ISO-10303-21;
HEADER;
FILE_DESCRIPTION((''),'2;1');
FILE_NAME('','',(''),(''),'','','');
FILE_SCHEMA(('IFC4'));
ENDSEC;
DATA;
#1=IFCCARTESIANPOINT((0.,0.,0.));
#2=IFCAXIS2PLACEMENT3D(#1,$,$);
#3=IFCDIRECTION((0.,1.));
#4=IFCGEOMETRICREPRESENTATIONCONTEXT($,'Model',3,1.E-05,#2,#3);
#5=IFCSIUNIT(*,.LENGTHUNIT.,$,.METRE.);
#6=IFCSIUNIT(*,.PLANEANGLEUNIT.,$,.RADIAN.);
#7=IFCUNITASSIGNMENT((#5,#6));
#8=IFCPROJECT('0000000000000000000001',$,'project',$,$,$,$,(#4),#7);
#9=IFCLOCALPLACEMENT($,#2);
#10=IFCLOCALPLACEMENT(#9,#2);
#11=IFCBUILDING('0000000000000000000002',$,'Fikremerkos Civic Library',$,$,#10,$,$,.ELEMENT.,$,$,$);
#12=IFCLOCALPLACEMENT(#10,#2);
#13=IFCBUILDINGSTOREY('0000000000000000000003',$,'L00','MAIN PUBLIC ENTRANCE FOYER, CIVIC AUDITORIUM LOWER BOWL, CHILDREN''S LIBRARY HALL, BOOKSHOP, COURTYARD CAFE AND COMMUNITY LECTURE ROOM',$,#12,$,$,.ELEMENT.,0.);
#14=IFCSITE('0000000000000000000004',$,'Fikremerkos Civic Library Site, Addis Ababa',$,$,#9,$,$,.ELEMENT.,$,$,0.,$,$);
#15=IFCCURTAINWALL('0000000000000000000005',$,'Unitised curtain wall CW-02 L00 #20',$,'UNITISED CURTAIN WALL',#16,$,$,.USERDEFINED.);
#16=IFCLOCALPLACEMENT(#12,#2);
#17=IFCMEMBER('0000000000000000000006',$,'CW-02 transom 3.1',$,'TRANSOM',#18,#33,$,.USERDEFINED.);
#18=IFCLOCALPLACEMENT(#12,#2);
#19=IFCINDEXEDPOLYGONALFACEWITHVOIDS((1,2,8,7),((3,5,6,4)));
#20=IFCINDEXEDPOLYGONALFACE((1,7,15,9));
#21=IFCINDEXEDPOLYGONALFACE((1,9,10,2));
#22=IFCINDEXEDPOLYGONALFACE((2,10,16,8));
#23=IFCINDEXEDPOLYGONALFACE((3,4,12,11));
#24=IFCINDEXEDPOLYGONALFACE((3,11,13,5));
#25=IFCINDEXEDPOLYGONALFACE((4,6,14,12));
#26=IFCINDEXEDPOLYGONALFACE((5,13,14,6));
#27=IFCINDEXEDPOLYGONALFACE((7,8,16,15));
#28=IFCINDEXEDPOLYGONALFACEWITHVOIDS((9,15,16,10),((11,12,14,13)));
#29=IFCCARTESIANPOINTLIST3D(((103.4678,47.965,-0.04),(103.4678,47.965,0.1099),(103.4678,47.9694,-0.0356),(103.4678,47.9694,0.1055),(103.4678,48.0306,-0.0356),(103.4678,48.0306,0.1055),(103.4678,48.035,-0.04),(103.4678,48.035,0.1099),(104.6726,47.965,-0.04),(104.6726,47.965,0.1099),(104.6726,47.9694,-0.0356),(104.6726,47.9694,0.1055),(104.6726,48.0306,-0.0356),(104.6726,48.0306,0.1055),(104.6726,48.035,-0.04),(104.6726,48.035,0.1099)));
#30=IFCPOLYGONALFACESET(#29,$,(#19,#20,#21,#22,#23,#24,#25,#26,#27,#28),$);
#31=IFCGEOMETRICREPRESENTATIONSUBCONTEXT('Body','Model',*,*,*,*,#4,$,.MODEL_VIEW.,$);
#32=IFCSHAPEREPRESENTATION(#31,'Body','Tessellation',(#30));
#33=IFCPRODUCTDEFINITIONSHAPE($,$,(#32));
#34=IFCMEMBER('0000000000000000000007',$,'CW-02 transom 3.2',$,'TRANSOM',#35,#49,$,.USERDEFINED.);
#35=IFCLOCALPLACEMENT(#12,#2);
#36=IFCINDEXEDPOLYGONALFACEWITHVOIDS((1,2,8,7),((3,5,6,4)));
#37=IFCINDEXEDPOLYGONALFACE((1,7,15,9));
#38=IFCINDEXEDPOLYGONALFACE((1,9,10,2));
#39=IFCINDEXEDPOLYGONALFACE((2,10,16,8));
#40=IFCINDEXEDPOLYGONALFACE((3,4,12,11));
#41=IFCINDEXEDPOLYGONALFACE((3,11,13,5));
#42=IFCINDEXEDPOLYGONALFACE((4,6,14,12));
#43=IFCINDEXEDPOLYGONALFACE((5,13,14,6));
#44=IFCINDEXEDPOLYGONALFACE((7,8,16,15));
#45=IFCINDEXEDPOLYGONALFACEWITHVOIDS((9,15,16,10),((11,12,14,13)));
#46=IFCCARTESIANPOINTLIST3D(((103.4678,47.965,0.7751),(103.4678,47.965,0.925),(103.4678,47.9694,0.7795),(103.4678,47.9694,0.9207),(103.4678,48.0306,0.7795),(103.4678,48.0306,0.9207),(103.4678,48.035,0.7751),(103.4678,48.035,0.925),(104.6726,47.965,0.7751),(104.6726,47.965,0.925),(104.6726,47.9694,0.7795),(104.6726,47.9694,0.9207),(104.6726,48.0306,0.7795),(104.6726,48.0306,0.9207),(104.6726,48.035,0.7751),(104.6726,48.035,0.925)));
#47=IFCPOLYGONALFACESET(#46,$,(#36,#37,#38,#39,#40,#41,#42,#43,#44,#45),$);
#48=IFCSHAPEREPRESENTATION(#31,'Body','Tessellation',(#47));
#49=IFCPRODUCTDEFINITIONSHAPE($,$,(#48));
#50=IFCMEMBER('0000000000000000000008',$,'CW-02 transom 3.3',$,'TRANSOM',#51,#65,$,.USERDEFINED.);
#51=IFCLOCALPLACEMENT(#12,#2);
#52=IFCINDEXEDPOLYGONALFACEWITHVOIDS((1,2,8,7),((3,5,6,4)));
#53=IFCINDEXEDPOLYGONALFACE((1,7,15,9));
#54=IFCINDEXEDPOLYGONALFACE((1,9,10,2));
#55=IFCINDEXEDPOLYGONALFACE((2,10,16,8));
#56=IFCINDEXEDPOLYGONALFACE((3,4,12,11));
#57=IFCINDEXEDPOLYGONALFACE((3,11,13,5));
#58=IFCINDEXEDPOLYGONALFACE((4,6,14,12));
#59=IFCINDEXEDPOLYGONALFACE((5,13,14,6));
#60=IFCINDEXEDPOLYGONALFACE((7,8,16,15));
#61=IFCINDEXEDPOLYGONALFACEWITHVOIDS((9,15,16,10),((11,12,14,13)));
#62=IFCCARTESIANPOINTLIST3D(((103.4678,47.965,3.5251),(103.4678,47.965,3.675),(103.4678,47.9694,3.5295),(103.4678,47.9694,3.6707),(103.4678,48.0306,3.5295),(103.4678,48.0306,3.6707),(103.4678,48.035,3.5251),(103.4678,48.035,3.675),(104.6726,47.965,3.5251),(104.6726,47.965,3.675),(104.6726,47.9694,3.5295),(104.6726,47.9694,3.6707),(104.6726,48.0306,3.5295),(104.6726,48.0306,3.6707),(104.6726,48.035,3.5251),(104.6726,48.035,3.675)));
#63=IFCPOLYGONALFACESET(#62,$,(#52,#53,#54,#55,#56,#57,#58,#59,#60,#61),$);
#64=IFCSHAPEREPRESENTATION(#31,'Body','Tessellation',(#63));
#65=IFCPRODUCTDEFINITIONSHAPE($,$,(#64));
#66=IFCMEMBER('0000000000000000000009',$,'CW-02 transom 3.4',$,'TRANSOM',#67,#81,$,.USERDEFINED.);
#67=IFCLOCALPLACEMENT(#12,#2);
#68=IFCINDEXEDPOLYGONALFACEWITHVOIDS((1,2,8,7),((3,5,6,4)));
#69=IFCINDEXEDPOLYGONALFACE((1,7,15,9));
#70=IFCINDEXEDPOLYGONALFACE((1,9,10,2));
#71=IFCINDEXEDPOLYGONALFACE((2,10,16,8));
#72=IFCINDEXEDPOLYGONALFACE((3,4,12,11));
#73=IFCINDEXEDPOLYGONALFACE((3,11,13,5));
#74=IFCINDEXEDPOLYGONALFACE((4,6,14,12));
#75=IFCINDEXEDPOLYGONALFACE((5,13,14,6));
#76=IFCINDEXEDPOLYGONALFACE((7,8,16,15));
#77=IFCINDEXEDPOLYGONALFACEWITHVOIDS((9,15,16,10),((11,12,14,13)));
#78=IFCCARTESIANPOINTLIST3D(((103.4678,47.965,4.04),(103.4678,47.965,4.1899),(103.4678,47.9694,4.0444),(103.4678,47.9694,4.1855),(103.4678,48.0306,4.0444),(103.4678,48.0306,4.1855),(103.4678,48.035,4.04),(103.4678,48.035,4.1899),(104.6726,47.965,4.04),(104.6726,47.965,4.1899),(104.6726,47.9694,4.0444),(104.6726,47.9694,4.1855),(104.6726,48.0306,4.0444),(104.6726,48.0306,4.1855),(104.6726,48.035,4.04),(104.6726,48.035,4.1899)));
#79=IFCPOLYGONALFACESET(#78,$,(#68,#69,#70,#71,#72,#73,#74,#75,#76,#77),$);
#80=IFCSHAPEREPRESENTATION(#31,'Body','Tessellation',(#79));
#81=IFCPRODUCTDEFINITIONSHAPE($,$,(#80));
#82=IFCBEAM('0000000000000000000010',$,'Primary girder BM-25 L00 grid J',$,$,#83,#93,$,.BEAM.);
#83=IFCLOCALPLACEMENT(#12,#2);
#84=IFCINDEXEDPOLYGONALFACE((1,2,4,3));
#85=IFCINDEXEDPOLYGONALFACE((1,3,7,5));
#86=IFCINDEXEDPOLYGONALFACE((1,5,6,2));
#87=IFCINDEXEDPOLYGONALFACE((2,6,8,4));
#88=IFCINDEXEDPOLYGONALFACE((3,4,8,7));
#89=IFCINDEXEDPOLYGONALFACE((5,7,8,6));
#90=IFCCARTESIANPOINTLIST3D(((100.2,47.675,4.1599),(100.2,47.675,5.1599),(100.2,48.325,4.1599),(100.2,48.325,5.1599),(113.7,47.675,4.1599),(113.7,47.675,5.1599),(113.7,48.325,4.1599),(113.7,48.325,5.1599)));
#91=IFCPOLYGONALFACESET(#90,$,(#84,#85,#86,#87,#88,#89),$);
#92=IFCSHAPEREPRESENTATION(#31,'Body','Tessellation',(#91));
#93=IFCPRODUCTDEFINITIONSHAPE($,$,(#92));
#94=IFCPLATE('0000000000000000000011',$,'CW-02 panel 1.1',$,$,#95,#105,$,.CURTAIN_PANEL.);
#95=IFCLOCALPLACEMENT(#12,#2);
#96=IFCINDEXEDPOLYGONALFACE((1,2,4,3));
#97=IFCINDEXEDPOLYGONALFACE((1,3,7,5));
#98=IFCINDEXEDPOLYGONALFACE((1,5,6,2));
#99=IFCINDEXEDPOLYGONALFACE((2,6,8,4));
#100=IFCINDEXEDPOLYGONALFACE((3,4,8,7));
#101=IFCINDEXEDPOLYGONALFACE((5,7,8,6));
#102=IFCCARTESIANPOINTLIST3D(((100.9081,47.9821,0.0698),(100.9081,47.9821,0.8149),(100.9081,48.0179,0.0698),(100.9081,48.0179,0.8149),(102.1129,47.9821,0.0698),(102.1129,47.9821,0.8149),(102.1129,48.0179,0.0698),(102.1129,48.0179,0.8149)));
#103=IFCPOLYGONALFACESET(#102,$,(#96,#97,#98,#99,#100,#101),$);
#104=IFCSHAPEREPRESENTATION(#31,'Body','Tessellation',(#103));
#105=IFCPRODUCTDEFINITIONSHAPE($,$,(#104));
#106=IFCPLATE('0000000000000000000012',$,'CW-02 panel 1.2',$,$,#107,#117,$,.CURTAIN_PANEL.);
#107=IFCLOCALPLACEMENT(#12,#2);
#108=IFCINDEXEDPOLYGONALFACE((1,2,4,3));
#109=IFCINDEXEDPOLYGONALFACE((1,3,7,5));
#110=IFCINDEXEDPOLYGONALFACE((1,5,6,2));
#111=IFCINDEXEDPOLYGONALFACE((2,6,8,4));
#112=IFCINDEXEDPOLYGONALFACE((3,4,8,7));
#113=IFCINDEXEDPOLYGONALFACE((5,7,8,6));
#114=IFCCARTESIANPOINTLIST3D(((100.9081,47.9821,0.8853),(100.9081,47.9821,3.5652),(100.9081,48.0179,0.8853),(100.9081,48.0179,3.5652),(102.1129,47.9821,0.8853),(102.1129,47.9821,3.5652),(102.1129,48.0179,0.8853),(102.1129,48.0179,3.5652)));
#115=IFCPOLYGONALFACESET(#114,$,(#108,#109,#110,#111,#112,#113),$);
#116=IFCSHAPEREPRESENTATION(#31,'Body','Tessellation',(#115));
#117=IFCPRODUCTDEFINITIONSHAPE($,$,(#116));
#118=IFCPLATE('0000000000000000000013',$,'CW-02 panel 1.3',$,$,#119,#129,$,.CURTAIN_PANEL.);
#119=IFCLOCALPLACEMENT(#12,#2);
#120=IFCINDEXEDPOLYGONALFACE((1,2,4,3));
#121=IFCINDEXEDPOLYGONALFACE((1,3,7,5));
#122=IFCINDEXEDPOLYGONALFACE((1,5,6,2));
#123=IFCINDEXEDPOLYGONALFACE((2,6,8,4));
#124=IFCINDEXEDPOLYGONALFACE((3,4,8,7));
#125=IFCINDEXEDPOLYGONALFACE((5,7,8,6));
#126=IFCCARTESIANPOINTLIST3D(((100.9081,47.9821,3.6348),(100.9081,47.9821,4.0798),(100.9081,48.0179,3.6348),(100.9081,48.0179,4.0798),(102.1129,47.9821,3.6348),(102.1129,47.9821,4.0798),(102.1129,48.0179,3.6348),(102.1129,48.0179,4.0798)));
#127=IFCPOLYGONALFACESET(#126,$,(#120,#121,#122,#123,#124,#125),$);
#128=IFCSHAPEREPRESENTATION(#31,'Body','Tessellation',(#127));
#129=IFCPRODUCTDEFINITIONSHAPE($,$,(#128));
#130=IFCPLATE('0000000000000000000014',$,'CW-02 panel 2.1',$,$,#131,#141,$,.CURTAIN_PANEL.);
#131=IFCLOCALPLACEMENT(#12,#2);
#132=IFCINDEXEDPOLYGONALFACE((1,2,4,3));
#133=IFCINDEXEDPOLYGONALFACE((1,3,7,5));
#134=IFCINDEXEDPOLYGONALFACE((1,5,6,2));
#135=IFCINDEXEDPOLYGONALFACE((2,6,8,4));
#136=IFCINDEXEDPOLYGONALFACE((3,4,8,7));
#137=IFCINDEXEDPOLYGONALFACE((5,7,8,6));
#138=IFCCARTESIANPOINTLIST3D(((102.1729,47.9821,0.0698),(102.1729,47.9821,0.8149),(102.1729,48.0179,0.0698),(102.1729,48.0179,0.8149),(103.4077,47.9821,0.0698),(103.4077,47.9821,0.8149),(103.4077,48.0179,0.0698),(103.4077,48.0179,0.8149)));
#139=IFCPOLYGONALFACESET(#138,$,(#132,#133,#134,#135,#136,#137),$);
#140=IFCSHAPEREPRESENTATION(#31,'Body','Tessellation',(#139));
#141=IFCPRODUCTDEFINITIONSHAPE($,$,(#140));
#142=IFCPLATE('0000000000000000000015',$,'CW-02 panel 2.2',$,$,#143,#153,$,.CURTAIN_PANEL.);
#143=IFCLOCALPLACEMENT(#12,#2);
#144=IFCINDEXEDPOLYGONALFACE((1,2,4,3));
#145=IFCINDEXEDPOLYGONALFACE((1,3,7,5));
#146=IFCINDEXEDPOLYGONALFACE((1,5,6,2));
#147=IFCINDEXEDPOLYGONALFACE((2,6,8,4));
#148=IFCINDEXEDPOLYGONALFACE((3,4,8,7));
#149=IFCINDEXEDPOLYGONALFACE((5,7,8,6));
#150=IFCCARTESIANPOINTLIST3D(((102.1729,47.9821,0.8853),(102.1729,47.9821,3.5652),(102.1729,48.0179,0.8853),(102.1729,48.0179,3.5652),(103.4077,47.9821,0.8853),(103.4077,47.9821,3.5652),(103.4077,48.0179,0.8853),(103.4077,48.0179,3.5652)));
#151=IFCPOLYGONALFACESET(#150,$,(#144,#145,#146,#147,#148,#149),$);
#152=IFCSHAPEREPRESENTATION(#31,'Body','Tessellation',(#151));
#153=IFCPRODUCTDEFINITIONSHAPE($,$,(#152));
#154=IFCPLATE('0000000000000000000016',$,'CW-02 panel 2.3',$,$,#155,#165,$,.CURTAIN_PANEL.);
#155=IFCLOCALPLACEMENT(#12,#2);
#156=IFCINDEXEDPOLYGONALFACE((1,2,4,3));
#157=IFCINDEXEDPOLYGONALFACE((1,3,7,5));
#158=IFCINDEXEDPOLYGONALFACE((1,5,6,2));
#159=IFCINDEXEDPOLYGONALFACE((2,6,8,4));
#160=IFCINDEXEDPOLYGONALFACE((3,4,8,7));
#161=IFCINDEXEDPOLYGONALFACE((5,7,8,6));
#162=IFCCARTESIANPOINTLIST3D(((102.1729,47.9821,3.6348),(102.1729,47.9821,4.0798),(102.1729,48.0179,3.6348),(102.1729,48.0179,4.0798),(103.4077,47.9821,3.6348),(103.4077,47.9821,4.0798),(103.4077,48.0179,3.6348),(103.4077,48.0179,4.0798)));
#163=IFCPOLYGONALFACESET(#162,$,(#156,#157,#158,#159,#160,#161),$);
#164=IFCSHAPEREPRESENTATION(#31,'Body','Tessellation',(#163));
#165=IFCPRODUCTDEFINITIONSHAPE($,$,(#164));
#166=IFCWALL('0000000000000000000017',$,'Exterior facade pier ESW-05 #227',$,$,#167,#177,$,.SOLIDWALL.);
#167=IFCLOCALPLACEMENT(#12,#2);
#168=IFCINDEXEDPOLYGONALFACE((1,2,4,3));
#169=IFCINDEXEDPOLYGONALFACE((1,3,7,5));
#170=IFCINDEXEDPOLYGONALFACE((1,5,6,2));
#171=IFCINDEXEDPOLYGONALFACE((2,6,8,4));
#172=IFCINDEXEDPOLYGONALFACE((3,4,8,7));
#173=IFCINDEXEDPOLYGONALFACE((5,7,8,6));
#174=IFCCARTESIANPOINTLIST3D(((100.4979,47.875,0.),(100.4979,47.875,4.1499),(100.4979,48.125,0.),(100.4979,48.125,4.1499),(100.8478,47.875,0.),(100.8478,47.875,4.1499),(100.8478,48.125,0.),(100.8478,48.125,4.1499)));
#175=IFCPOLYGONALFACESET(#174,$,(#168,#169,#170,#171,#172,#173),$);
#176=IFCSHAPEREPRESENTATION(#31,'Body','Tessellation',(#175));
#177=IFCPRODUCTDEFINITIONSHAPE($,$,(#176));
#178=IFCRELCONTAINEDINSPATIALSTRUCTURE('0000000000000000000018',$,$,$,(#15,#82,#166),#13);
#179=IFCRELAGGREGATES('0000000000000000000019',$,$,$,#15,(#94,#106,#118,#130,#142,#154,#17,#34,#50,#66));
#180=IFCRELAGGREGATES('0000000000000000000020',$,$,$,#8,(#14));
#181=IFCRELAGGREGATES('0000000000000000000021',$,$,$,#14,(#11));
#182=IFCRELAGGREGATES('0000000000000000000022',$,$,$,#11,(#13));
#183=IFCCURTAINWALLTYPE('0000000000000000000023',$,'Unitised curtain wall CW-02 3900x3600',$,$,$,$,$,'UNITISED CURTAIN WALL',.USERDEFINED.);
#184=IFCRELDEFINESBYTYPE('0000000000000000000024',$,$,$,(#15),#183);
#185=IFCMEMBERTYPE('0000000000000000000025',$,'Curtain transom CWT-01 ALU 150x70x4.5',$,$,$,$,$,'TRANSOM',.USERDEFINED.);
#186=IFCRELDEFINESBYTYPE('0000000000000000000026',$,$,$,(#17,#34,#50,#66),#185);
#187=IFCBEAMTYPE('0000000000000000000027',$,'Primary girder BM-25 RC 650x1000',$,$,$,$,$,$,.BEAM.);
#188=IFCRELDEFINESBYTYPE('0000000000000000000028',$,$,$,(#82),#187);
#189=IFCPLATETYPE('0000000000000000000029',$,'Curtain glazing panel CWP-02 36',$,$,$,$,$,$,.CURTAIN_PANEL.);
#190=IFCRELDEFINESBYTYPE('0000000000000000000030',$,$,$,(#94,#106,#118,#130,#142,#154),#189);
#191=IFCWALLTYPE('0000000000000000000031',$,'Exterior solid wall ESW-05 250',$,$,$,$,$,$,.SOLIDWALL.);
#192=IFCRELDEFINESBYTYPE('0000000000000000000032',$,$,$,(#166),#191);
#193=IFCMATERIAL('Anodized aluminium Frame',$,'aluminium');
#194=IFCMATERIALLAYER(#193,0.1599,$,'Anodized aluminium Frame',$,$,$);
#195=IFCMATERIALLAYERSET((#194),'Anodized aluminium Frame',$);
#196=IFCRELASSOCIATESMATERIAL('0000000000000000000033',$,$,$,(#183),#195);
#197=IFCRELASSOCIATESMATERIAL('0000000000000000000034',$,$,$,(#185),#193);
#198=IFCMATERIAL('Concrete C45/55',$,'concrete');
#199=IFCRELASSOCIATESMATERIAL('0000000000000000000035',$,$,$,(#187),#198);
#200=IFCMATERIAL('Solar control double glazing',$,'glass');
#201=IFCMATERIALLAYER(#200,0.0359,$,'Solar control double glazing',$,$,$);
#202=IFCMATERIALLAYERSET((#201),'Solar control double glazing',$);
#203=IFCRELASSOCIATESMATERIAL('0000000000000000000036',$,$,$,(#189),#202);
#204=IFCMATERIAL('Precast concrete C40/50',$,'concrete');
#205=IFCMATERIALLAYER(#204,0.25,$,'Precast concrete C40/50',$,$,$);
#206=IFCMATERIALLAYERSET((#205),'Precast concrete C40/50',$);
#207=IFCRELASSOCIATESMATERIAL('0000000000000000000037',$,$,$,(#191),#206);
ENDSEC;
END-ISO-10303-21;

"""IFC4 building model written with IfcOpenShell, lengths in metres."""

from ifc_helpers import new_model, si_unit, direction, frame, frame_2d, origin, origin_2d, place, context, subcontext, project, spatial, rectangle, hollow_rectangle, extrude, material, layer, layer_set, material_profile, profile_set, type_object, element, aggregate, save


model = new_model("IFC4")

# Units and contexts
model_context = context("Model", 3, precision=1e-05, world=origin(), true_north=direction((0.0, 1.0)))
body_context = subcontext(model_context, "Body", "Model", "MODEL_VIEW")
ifc_project = project(units=[si_unit("LENGTHUNIT", "METRE"), si_unit("PLANEANGLEUNIT", "RADIAN")], contexts=[model_context])

# Site, building, storey
site_placement = place(None, origin())
site = spatial("IfcSite", under=ifc_project, at=site_placement, Name="Fikremerkos Civic Library Site, Addis Ababa", CompositionType="ELEMENT", RefElevation=0.0)
building_placement = place(site_placement, origin())
building = spatial("IfcBuilding", under=site, at=building_placement, Name="Fikremerkos Civic Library", CompositionType="ELEMENT")
storey_placement = place(building_placement, origin())
storey = spatial("IfcBuildingStorey", under=building, at=storey_placement, Name="L00", Description="MAIN PUBLIC ENTRANCE FOYER, CIVIC AUDITORIUM LOWER BOWL, CHILDREN'S LIBRARY HALL, BOOKSHOP, COURTYARD CAFE AND COMMUNITY LECTURE ROOM", CompositionType="ELEMENT", Elevation=0.0)

# Curtain wall, members
ifc_material_1 = material(Name="Anodized aluminium Frame", Category="aluminium")
ifc_layer_1 = layer(ifc_material_1, 0.1599, Name="Anodized aluminium Frame")
ifc_layer_set_1 = layer_set([ifc_layer_1], Name="Anodized aluminium Frame")
curtain_wall_type = type_object("IfcCurtainWallType", Name="Unitised curtain wall CW-02 3900x3600", ElementType="UNITISED CURTAIN WALL", PredefinedType="USERDEFINED", material=ifc_layer_set_1)
curtain_wall_placement = place(storey_placement, origin())
curtain_wall = element("IfcCurtainWall", 1, at=curtain_wall_placement, inside=storey, type_object=curtain_wall_type, Name="Unitised curtain wall CW-02 L00 #20", ObjectType="UNITISED CURTAIN WALL", PredefinedType="USERDEFINED")
ifc_material_profile_1 = material_profile(ifc_material_1, hollow_rectangle(XDim=0.0701, YDim=0.1499, WallThickness=0.0044, at=origin_2d()), Name="ALU 150x70x4.5")
ifc_profile_set_1 = profile_set([ifc_material_profile_1], Name="Anodized aluminium Frame")
member_type_1 = type_object("IfcMemberType", Name="Curtain transom CWT-01 ALU 150x70x4.5", ElementType="TRANSOM", PredefinedType="USERDEFINED", material=ifc_profile_set_1)
member_1_placement = place(storey_placement, frame((103.4678, 48.0, 0.0349), z_axis=(1.0, 0.0, 0.0), x_axis=(0.0, 1.0, 0.0)))
member_1 = element("IfcMember", 2, at=member_1_placement, type_object=member_type_1, Name="CW-02 transom 3.1", ObjectType="TRANSOM", PredefinedType="USERDEFINED", context=body_context, shape_type="SweptSolid", body=[
    extrude(hollow_rectangle(XDim=0.0701, YDim=0.1499, WallThickness=0.0044, at=origin_2d()), origin(), (0.0, 0.0, 1.0), 1.2048),
])
member_2_placement = place(storey_placement, frame((103.4678, 48.0, 0.8501), z_axis=(1.0, 0.0, 0.0), x_axis=(0.0, 1.0, 0.0)))
member_2 = element("IfcMember", 3, at=member_2_placement, type_object=member_type_1, Name="CW-02 transom 3.2", ObjectType="TRANSOM", PredefinedType="USERDEFINED", context=body_context, shape_type="SweptSolid", body=[
    extrude(hollow_rectangle(XDim=0.0701, YDim=0.1499, WallThickness=0.0044, at=origin_2d()), origin(), (0.0, 0.0, 1.0), 1.2048),
])
member_3_placement = place(storey_placement, frame((103.4678, 48.0, 3.6001), z_axis=(1.0, 0.0, 0.0), x_axis=(0.0, 1.0, 0.0)))
member_3 = element("IfcMember", 4, at=member_3_placement, type_object=member_type_1, Name="CW-02 transom 3.3", ObjectType="TRANSOM", PredefinedType="USERDEFINED", context=body_context, shape_type="SweptSolid", body=[
    extrude(hollow_rectangle(XDim=0.0701, YDim=0.1499, WallThickness=0.0044, at=origin_2d()), origin(), (0.0, 0.0, 1.0), 1.2048),
])
member_4_placement = place(storey_placement, frame((103.4678, 48.0, 4.115), z_axis=(1.0, 0.0, 0.0), x_axis=(0.0, 1.0, 0.0)))
member_4 = element("IfcMember", 5, at=member_4_placement, type_object=member_type_1, Name="CW-02 transom 3.4", ObjectType="TRANSOM", PredefinedType="USERDEFINED", context=body_context, shape_type="SweptSolid", body=[
    extrude(hollow_rectangle(XDim=0.0701, YDim=0.1499, WallThickness=0.0044, at=origin_2d()), origin(), (0.0, 0.0, 1.0), 1.2048),
])

# Beam
ifc_material_2 = material(Name="Concrete C45/55", Category="concrete")
ifc_material_profile_2 = material_profile(ifc_material_2, rectangle(XDim=0.6499, YDim=1.0, at=origin_2d()), Name="RC 650x1000")
ifc_profile_set_2 = profile_set([ifc_material_profile_2], Name="Concrete C45/55")
beam_type = type_object("IfcBeamType", Name="Primary girder BM-25 RC 650x1000", PredefinedType="BEAM", material=ifc_profile_set_2)
beam_placement = place(storey_placement, frame((100.2, 48.0, 4.6599), z_axis=(1.0, 0.0, 0.0), x_axis=(0.0, 1.0, 0.0)))
element("IfcBeam", 6, at=beam_placement, inside=storey, type_object=beam_type, Name="Primary girder BM-25 L00 grid J", PredefinedType="BEAM", context=body_context, shape_type="SweptSolid", body=[
    extrude(rectangle(XDim=0.6499, YDim=1.0, at=origin_2d()), origin(), (0.0, 0.0, 1.0), 13.5),
])

# Plates
ifc_material_3 = material(Name="Solar control double glazing", Category="glass")
ifc_layer_2 = layer(ifc_material_3, 0.0359, Name="Solar control double glazing")
ifc_layer_set_2 = layer_set([ifc_layer_2], Name="Solar control double glazing")
plate_type = type_object("IfcPlateType", Name="Curtain glazing panel CWP-02 36", PredefinedType="CURTAIN_PANEL", material=ifc_layer_set_2)
plate_1_placement = place(storey_placement, frame((101.5105, 48.0, 0.0698), z_axis=(0.0, 0.0, 1.0), x_axis=(1.0, 0.0, 0.0)))
plate_1 = element("IfcPlate", 7, at=plate_1_placement, type_object=plate_type, Name="CW-02 panel 1.1", PredefinedType="CURTAIN_PANEL", context=body_context, shape_type="SweptSolid", body=[
    extrude(rectangle(XDim=1.2048, YDim=0.0359, at=origin_2d()), origin(), (0.0, 0.0, 1.0), 0.7451),
])
plate_2_placement = place(storey_placement, frame((101.5105, 48.0, 0.8853), z_axis=(0.0, 0.0, 1.0), x_axis=(1.0, 0.0, 0.0)))
plate_2 = element("IfcPlate", 8, at=plate_2_placement, type_object=plate_type, Name="CW-02 panel 1.2", PredefinedType="CURTAIN_PANEL", context=body_context, shape_type="SweptSolid", body=[
    extrude(rectangle(XDim=1.2048, YDim=0.0359, at=origin_2d()), origin(), (0.0, 0.0, 1.0), 2.6799),
])
plate_3_placement = place(storey_placement, frame((101.5105, 48.0, 3.6348), z_axis=(0.0, 0.0, 1.0), x_axis=(1.0, 0.0, 0.0)))
plate_3 = element("IfcPlate", 9, at=plate_3_placement, type_object=plate_type, Name="CW-02 panel 1.3", PredefinedType="CURTAIN_PANEL", context=body_context, shape_type="SweptSolid", body=[
    extrude(rectangle(XDim=1.2048, YDim=0.0359, at=origin_2d()), origin(), (0.0, 0.0, 1.0), 0.4451),
])
plate_4_placement = place(storey_placement, frame((102.7903, 48.0, 0.0698), z_axis=(0.0, 0.0, 1.0), x_axis=(1.0, 0.0, 0.0)))
plate_4 = element("IfcPlate", 10, at=plate_4_placement, type_object=plate_type, Name="CW-02 panel 2.1", PredefinedType="CURTAIN_PANEL", context=body_context, shape_type="SweptSolid", body=[
    extrude(rectangle(XDim=1.2349, YDim=0.0359, at=origin_2d()), origin(), (0.0, 0.0, 1.0), 0.7451),
])
plate_5_placement = place(storey_placement, frame((102.7903, 48.0, 0.8853), z_axis=(0.0, 0.0, 1.0), x_axis=(1.0, 0.0, 0.0)))
plate_5 = element("IfcPlate", 11, at=plate_5_placement, type_object=plate_type, Name="CW-02 panel 2.2", PredefinedType="CURTAIN_PANEL", context=body_context, shape_type="SweptSolid", body=[
    extrude(rectangle(XDim=1.2349, YDim=0.0359, at=origin_2d()), origin(), (0.0, 0.0, 1.0), 2.6799),
])
plate_6_placement = place(storey_placement, frame((102.7903, 48.0, 3.6348), z_axis=(0.0, 0.0, 1.0), x_axis=(1.0, 0.0, 0.0)))
plate_6 = element("IfcPlate", 12, at=plate_6_placement, type_object=plate_type, Name="CW-02 panel 2.3", PredefinedType="CURTAIN_PANEL", context=body_context, shape_type="SweptSolid", body=[
    extrude(rectangle(XDim=1.2349, YDim=0.0359, at=origin_2d()), origin(), (0.0, 0.0, 1.0), 0.4451),
])
aggregate(curtain_wall, [plate_1, plate_2, plate_3, plate_4, plate_5, plate_6, member_1, member_2, member_3, member_4])

# Wall
ifc_material_4 = material(Name="Precast concrete C40/50", Category="concrete")
ifc_layer_3 = layer(ifc_material_4, 0.25, Name="Precast concrete C40/50")
ifc_layer_set_3 = layer_set([ifc_layer_3], Name="Precast concrete C40/50")
wall_type = type_object("IfcWallType", Name="Exterior solid wall ESW-05 250", PredefinedType="SOLIDWALL", material=ifc_layer_set_3)
wall_placement = place(storey_placement, frame((100.498, 48.0, 0.0), z_axis=(0.0, 0.0, 1.0), x_axis=(1.0, 0.0, 0.0)))
element("IfcWall", 13, at=wall_placement, inside=storey, type_object=wall_type, Name="Exterior facade pier ESW-05 #227", PredefinedType="SOLIDWALL", context=body_context, shape_type="SweptSolid", body=[
    extrude(rectangle(XDim=0.3499, YDim=0.25, at=frame_2d((0.1748, 0.0))), origin(), (0.0, 0.0, 1.0), 4.1499),
])

save(model, "model.ifc")
